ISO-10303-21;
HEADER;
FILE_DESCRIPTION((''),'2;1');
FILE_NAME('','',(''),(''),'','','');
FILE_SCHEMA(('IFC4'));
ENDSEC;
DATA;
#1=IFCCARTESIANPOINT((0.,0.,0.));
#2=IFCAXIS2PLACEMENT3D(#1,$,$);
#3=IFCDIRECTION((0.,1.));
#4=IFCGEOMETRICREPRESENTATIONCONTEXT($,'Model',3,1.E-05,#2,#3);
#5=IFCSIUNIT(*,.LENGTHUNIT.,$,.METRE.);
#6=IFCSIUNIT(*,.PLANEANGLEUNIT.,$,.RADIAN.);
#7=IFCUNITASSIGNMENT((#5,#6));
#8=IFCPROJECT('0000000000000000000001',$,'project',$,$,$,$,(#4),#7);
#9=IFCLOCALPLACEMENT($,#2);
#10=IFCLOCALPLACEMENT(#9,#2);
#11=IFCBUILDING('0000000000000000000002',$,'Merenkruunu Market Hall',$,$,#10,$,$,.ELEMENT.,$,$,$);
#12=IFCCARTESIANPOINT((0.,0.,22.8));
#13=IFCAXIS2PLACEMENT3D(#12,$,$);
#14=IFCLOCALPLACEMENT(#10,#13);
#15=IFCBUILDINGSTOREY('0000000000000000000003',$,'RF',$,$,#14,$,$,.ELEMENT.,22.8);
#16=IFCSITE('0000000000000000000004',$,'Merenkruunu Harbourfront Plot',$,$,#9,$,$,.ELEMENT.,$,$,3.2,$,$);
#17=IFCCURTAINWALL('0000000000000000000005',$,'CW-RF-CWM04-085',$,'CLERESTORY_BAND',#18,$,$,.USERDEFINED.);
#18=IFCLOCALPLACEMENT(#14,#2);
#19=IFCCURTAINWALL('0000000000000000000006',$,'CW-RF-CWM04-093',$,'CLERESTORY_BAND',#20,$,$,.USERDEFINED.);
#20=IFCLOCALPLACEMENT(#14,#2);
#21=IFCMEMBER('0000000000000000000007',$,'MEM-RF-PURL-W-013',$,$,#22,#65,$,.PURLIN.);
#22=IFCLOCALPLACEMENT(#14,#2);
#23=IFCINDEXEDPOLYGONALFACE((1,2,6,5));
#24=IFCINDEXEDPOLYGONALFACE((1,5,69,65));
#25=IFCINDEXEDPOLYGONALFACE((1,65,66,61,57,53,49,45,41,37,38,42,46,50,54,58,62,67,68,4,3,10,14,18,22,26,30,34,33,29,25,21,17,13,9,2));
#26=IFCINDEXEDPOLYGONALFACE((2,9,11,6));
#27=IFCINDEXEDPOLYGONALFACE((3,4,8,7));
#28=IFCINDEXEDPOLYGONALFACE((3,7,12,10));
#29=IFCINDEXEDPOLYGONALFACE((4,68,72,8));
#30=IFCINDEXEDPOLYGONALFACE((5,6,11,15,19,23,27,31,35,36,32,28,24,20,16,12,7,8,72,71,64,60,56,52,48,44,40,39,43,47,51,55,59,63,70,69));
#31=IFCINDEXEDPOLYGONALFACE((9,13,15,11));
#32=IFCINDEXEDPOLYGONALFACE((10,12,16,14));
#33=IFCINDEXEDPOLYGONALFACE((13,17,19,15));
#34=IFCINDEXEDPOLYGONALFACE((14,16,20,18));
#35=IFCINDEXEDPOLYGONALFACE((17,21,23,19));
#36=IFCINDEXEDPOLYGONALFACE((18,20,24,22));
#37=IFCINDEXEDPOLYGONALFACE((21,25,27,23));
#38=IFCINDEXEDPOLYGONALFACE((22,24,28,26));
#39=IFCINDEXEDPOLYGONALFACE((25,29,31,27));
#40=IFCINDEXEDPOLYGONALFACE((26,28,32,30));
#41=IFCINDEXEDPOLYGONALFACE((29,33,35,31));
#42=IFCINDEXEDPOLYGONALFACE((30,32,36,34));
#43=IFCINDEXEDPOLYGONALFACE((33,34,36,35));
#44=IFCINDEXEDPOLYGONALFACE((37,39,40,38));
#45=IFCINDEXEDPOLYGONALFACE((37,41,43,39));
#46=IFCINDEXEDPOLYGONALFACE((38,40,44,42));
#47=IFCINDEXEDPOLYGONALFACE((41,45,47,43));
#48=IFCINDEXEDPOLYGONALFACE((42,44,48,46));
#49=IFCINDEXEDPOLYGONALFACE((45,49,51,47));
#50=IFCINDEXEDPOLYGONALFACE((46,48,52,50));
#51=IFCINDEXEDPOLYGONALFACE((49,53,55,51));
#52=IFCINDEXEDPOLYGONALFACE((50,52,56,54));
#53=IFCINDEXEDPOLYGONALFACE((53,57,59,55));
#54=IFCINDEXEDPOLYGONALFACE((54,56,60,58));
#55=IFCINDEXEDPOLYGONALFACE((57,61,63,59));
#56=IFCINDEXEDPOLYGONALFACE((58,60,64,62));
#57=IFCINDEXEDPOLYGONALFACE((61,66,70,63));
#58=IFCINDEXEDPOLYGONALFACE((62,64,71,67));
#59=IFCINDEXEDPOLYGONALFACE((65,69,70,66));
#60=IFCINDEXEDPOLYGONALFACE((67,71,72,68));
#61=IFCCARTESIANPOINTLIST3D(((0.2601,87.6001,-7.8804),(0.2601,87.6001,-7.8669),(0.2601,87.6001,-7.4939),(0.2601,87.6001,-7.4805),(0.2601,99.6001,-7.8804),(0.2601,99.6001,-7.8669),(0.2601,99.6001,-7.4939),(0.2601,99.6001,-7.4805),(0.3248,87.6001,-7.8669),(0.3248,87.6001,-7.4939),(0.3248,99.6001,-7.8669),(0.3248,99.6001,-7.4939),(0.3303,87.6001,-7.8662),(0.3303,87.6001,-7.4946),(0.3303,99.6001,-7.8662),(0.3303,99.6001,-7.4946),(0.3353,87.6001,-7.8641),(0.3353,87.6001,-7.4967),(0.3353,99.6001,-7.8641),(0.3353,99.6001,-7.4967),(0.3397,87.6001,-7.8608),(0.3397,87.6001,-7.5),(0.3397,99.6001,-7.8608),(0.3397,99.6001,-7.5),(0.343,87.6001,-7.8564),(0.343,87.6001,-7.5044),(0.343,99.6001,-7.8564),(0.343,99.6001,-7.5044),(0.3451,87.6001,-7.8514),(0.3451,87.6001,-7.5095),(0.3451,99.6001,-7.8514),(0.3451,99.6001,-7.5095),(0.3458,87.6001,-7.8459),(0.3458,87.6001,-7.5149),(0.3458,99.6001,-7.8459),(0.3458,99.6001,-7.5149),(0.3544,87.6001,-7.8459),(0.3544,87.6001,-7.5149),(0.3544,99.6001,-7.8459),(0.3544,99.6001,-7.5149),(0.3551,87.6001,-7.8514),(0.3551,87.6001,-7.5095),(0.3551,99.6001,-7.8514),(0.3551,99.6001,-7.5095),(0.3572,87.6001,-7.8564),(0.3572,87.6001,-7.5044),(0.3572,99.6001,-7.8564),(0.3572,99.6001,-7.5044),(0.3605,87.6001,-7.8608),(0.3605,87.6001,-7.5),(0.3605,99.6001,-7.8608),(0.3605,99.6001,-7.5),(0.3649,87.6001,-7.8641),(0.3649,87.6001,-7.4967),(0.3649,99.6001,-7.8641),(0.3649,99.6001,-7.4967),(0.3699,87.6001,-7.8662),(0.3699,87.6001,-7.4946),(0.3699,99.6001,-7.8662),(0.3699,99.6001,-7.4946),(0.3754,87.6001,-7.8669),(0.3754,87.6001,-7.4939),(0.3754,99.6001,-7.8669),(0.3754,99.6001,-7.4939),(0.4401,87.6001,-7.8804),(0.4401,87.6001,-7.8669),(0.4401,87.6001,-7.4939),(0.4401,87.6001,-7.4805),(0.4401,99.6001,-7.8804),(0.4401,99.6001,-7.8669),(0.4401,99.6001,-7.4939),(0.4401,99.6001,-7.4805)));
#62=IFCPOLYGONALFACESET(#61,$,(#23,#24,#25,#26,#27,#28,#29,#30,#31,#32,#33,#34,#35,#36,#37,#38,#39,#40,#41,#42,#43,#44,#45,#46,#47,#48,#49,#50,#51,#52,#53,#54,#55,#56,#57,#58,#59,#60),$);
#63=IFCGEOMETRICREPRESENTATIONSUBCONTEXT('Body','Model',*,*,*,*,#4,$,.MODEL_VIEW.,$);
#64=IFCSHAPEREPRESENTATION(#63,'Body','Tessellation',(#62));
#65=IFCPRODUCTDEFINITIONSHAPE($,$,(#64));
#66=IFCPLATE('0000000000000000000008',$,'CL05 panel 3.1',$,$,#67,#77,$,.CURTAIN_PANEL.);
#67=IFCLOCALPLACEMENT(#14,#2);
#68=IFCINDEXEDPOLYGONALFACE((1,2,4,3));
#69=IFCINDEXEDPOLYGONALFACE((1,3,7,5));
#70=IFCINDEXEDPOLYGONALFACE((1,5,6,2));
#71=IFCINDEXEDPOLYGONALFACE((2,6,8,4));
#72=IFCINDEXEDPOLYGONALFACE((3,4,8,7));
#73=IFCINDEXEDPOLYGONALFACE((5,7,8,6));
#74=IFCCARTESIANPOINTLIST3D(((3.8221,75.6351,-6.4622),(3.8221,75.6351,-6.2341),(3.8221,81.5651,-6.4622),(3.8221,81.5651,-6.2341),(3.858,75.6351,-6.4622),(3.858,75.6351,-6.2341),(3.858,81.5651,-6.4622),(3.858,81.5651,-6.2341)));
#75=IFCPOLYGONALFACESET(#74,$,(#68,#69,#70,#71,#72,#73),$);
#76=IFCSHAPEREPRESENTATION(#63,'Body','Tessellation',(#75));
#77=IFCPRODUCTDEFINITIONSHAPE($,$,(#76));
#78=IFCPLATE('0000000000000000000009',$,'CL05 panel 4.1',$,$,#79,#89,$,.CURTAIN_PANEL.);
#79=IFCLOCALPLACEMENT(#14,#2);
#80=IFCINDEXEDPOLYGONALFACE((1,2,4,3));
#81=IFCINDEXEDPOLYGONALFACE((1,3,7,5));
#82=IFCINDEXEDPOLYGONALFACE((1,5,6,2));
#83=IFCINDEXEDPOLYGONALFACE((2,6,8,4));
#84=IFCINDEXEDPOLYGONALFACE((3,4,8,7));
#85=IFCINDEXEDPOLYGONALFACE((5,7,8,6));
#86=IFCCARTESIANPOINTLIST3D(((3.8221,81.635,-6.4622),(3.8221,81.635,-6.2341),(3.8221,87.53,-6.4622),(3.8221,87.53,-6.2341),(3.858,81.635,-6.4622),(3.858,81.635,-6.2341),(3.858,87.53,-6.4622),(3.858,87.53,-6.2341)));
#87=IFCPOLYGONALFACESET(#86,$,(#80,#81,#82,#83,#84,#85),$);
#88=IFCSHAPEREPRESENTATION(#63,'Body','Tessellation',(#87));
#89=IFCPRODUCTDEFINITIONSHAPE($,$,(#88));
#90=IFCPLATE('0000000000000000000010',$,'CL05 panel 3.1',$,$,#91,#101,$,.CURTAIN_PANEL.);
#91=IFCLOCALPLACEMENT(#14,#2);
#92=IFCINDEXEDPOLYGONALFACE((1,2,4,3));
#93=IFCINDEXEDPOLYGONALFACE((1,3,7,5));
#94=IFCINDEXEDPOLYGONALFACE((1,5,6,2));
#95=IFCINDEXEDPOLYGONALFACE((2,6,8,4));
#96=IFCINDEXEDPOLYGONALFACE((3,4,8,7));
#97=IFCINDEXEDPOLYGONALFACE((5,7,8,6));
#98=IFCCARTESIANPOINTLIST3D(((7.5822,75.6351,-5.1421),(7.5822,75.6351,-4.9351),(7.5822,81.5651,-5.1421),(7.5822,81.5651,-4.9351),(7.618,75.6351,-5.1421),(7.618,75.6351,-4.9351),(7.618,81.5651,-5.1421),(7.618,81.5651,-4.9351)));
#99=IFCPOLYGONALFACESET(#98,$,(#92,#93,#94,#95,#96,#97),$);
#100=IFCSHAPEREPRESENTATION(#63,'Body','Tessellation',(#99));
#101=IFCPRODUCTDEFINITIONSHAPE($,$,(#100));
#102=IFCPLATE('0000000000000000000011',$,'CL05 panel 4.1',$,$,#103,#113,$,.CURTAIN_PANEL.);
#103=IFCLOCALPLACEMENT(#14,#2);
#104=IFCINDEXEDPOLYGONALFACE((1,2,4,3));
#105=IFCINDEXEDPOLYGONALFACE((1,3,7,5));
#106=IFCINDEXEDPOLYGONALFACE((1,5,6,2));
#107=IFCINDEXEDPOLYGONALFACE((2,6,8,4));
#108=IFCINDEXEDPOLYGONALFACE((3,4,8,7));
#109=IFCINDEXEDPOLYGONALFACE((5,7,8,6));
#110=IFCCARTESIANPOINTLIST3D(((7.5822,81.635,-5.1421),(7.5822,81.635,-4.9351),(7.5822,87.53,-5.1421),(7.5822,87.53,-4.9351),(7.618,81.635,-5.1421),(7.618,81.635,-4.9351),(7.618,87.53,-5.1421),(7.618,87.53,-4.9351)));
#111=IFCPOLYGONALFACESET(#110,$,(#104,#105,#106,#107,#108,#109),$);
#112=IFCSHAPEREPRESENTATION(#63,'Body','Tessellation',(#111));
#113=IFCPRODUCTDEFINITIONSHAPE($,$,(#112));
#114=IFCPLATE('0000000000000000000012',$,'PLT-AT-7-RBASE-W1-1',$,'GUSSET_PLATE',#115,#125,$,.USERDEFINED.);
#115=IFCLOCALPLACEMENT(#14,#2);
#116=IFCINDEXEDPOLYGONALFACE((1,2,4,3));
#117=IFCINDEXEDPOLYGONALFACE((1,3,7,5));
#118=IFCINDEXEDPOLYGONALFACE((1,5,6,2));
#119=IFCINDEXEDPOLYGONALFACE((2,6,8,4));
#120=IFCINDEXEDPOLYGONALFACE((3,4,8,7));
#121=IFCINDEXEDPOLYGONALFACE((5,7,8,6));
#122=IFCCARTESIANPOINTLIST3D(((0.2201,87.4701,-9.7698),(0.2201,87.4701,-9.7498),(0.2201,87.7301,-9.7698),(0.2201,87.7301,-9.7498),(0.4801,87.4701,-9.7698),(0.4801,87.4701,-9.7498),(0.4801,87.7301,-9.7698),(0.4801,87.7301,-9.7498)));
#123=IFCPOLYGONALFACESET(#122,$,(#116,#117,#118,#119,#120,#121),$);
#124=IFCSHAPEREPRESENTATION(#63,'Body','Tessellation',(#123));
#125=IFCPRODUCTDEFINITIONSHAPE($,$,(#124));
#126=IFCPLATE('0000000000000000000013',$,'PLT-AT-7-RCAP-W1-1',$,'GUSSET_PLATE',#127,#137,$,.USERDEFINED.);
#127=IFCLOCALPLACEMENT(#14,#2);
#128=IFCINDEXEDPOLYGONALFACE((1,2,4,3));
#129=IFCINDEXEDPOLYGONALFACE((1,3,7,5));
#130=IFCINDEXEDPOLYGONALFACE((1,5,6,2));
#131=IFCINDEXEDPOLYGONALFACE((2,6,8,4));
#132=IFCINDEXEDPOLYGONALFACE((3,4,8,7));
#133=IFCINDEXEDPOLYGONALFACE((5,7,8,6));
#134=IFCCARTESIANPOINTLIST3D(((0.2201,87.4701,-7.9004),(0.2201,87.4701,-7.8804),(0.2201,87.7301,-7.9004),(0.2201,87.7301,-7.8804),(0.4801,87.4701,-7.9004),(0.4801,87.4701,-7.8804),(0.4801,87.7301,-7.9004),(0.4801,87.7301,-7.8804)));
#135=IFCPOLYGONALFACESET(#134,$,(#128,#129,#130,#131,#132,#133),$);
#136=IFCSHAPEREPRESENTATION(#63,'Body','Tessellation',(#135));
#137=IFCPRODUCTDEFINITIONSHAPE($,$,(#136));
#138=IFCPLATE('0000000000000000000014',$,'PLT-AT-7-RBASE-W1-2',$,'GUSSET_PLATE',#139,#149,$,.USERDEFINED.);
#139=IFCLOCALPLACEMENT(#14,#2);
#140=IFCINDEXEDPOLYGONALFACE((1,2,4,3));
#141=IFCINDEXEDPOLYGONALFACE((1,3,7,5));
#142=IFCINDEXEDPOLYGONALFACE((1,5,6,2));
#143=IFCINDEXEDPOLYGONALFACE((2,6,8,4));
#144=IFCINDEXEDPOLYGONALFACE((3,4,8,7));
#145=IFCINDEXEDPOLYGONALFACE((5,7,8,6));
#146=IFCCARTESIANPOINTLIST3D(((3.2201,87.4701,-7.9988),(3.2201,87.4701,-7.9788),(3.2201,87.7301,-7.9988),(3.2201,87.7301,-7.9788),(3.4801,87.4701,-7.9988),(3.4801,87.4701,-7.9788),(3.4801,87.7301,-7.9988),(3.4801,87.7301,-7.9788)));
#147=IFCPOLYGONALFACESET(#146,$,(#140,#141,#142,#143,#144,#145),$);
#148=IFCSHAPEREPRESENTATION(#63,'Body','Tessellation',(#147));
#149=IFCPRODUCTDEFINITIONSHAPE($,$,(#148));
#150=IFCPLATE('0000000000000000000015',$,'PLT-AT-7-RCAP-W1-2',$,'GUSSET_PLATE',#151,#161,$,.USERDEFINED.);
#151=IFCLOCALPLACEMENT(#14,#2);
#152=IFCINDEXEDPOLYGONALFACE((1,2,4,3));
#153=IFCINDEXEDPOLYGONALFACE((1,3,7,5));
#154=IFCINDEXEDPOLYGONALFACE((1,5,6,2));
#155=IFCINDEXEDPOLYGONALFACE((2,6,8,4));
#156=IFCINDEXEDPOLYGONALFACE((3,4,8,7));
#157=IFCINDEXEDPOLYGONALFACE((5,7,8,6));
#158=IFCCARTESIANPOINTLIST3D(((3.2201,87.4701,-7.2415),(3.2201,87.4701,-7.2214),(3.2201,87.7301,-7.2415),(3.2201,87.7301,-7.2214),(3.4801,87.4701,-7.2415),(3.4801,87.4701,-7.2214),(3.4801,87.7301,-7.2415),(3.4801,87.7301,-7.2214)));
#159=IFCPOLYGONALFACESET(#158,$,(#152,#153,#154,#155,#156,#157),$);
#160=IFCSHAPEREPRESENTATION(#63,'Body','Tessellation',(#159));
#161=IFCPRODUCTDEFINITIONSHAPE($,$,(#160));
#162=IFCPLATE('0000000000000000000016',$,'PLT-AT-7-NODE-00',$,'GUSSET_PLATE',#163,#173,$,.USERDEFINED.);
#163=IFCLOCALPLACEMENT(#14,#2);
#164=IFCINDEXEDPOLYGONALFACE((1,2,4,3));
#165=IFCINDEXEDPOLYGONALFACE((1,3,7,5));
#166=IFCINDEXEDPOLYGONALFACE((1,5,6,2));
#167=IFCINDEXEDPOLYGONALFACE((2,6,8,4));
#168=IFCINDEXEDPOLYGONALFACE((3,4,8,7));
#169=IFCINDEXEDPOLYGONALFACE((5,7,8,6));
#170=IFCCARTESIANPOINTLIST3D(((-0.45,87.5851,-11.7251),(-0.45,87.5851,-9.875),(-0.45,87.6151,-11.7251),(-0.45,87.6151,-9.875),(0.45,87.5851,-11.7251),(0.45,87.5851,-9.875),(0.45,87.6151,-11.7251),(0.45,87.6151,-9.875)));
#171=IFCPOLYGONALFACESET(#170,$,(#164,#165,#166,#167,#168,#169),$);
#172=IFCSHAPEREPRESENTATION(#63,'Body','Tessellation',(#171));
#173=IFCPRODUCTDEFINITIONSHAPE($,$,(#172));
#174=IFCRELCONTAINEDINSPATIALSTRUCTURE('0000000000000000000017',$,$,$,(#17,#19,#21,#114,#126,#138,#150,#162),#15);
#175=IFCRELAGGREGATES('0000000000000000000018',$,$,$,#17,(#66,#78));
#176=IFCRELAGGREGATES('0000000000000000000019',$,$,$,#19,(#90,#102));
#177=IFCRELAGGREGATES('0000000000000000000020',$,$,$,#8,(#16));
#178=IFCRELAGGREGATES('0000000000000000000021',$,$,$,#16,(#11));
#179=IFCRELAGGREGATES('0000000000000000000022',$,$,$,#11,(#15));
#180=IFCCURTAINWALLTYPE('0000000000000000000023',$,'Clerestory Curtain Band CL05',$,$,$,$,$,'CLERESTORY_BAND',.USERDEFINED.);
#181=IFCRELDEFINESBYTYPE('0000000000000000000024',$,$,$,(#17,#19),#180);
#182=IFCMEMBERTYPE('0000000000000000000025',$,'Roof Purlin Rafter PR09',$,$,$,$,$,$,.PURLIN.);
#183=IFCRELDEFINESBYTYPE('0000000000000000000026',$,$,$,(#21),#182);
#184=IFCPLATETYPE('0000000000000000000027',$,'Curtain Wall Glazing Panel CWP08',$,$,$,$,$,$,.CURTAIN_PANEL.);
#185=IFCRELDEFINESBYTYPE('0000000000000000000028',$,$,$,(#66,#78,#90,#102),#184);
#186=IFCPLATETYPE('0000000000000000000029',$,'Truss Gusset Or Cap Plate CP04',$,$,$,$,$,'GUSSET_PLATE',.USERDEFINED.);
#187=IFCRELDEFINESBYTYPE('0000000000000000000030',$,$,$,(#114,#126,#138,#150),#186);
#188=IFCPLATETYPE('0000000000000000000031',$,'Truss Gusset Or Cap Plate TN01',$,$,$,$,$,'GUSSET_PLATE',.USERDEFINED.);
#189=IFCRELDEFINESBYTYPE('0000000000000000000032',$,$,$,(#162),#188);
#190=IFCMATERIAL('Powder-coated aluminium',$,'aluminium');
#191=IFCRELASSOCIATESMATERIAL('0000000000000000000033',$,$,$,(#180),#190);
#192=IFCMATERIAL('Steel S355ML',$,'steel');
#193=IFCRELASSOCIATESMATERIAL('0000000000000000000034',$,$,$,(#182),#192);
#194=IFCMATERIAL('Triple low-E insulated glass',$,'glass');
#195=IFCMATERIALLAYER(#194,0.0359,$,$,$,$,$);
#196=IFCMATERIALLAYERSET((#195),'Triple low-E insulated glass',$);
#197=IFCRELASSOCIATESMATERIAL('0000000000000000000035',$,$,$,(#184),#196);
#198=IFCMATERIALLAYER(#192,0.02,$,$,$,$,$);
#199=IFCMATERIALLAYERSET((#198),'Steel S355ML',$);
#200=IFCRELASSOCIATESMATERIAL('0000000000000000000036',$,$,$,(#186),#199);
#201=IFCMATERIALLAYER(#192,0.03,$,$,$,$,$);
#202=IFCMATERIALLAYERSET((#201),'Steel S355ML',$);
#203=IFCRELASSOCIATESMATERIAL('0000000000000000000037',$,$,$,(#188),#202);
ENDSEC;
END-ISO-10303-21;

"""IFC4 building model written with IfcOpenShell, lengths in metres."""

from ifc_helpers import new_model, si_unit, direction, frame, origin, origin_2d, place, context, subcontext, project, spatial, rectangle, i_section, extrude, material, layer, layer_set, material_profile, profile_set, type_object, element, aggregate, save


model = new_model("IFC4")

# Units and contexts
model_context = context("Model", 3, precision=1e-05, world=origin(), true_north=direction((0.0, 1.0)))
body_context = subcontext(model_context, "Body", "Model", "MODEL_VIEW")
ifc_project = project(units=[si_unit("LENGTHUNIT", "METRE"), si_unit("PLANEANGLEUNIT", "RADIAN")], contexts=[model_context])

# Site, building, storey
site_placement = place(None, origin())
site = spatial("IfcSite", under=ifc_project, at=site_placement, Name="Merenkruunu Harbourfront Plot", CompositionType="ELEMENT", RefElevation=3.2)
building_placement = place(site_placement, origin())
building = spatial("IfcBuilding", under=site, at=building_placement, Name="Merenkruunu Market Hall", CompositionType="ELEMENT")
storey_placement = place(building_placement, frame((0.0, 0.0, 22.8)))
storey = spatial("IfcBuildingStorey", under=building, at=storey_placement, Name="RF", CompositionType="ELEMENT", Elevation=22.8)

# Shared definitions
ifc_material_1 = material(Name="Steel S355ML", Category="steel")

# Curtain walls
ifc_material_2 = material(Name="Powder-coated aluminium", Category="aluminium")
curtain_wall_type = type_object("IfcCurtainWallType", Name="Clerestory Curtain Band CL05", ElementType="CLERESTORY_BAND", PredefinedType="USERDEFINED", material=ifc_material_2)
curtain_wall_1_placement = place(storey_placement, origin())
curtain_wall_1 = element("IfcCurtainWall", 1, at=curtain_wall_1_placement, inside=storey, type_object=curtain_wall_type, Name="CW-RF-CWM04-085", ObjectType="CLERESTORY_BAND", PredefinedType="USERDEFINED")
curtain_wall_2_placement = place(storey_placement, origin())
curtain_wall_2 = element("IfcCurtainWall", 2, at=curtain_wall_2_placement, inside=storey, type_object=curtain_wall_type, Name="CW-RF-CWM04-093", ObjectType="CLERESTORY_BAND", PredefinedType="USERDEFINED")

# Member
ifc_material_profile_1 = material_profile(ifc_material_1, i_section(OverallWidth=0.1799, OverallDepth=0.3999, WebThickness=0.0085, FlangeThickness=0.0134, FilletRadius=0.021, at=origin_2d()), Name="IPE 400")
ifc_profile_set_1 = profile_set([ifc_material_profile_1], Name="Steel S355ML")
member_type_1 = type_object("IfcMemberType", Name="Roof Purlin Rafter PR09", PredefinedType="PURLIN", material=ifc_profile_set_1)
member_1_placement = place(storey_placement, frame((0.3501, 87.6001, -7.6804), z_axis=(0.0, 1.0, 0.0), x_axis=(-1.0, 0.0, 0.0)))
element("IfcMember", 3, at=member_1_placement, inside=storey, type_object=member_type_1, Name="MEM-RF-PURL-W-013", PredefinedType="PURLIN", context=body_context, shape_type="SweptSolid", body=[
    extrude(i_section(OverallWidth=0.1799, OverallDepth=0.3999, WebThickness=0.0085, FlangeThickness=0.0134, FilletRadius=0.021, at=origin_2d()), origin(), (0.0, 0.0, 1.0), 12.0),
])

# Plates
ifc_material_3 = material(Name="Triple low-E insulated glass", Category="glass")
ifc_layer_1 = layer(ifc_material_3, 0.0359)
ifc_layer_set_1 = layer_set([ifc_layer_1], Name="Triple low-E insulated glass")
plate_type_1 = type_object("IfcPlateType", Name="Curtain Wall Glazing Panel CWP08", PredefinedType="CURTAIN_PANEL", material=ifc_layer_set_1)
plate_1_placement = place(storey_placement, frame((3.8401, 78.6001, -6.4622), z_axis=(0.0, 0.0, 1.0), x_axis=(0.0, 1.0, 0.0)))
plate_1 = element("IfcPlate", 4, at=plate_1_placement, type_object=plate_type_1, Name="CL05 panel 3.1", PredefinedType="CURTAIN_PANEL", context=body_context, shape_type="SweptSolid", body=[
    extrude(rectangle(XDim=5.9299, YDim=0.0359, at=origin_2d()), origin(), (0.0, 0.0, 1.0), 0.228),
])
plate_2_placement = place(storey_placement, frame((3.8401, 84.5825, -6.4622), z_axis=(0.0, 0.0, 1.0), x_axis=(0.0, 1.0, 0.0)))
plate_2 = element("IfcPlate", 5, at=plate_2_placement, type_object=plate_type_1, Name="CL05 panel 4.1", PredefinedType="CURTAIN_PANEL", context=body_context, shape_type="SweptSolid", body=[
    extrude(rectangle(XDim=5.895, YDim=0.0359, at=origin_2d()), origin(), (0.0, 0.0, 1.0), 0.228),
])
aggregate(curtain_wall_1, [plate_1, plate_2])
plate_3_placement = place(storey_placement, frame((7.6001, 78.6001, -5.1421), z_axis=(0.0, 0.0, 1.0), x_axis=(0.0, 1.0, 0.0)))
plate_3 = element("IfcPlate", 6, at=plate_3_placement, type_object=plate_type_1, Name="CL05 panel 3.1", PredefinedType="CURTAIN_PANEL", context=body_context, shape_type="SweptSolid", body=[
    extrude(rectangle(XDim=5.9299, YDim=0.0359, at=origin_2d()), origin(), (0.0, 0.0, 1.0), 0.207),
])
plate_4_placement = place(storey_placement, frame((7.6001, 84.5825, -5.1421), z_axis=(0.0, 0.0, 1.0), x_axis=(0.0, 1.0, 0.0)))
plate_4 = element("IfcPlate", 7, at=plate_4_placement, type_object=plate_type_1, Name="CL05 panel 4.1", PredefinedType="CURTAIN_PANEL", context=body_context, shape_type="SweptSolid", body=[
    extrude(rectangle(XDim=5.895, YDim=0.0359, at=origin_2d()), origin(), (0.0, 0.0, 1.0), 0.207),
])
aggregate(curtain_wall_2, [plate_3, plate_4])

# Plates
ifc_layer_2 = layer(ifc_material_1, 0.02)
ifc_layer_set_2 = layer_set([ifc_layer_2], Name="Steel S355ML")
plate_type_2 = type_object("IfcPlateType", Name="Truss Gusset Or Cap Plate CP04", ElementType="GUSSET_PLATE", PredefinedType="USERDEFINED", material=ifc_layer_set_2)
for number, where, z_axis, x_axis, name in (
    (8, (0.3501, 87.6001, -9.7698), (0.0, 0.0, 1.0), (1.0, 0.0, 0.0), "PLT-AT-7-RBASE-W1-1"),
    (9, (0.3501, 87.6001, -7.9004), (0.0, 0.0, 1.0), (1.0, 0.0, 0.0), "PLT-AT-7-RCAP-W1-1"),
    (10, (3.3501, 87.6001, -7.9988), (0.0, 0.0, 1.0), (1.0, 0.0, 0.0), "PLT-AT-7-RBASE-W1-2"),
    (11, (3.3501, 87.6001, -7.2415), (0.0, 0.0, 1.0), (1.0, 0.0, 0.0), "PLT-AT-7-RCAP-W1-2"),
):
    element("IfcPlate", number, at=place(storey_placement, frame(where, z_axis=z_axis, x_axis=x_axis)), inside=storey, type_object=plate_type_2, Name=name, ObjectType="GUSSET_PLATE", PredefinedType="USERDEFINED", context=body_context, shape_type="SweptSolid", body=[
        extrude(rectangle(XDim=0.26, YDim=0.26, at=origin_2d()), origin(), (0.0, 0.0, 1.0), 0.02),
    ])
ifc_layer_3 = layer(ifc_material_1, 0.03)
ifc_layer_set_3 = layer_set([ifc_layer_3], Name="Steel S355ML")
plate_type_3 = type_object("IfcPlateType", Name="Truss Gusset Or Cap Plate TN01", ElementType="GUSSET_PLATE", PredefinedType="USERDEFINED", material=ifc_layer_set_3)
plate_5_placement = place(storey_placement, frame((0.0, 87.6001, -11.7251), z_axis=(0.0, 0.0, 1.0), x_axis=(1.0, 0.0, 0.0)))
element("IfcPlate", 12, at=plate_5_placement, inside=storey, type_object=plate_type_3, Name="PLT-AT-7-NODE-00", ObjectType="GUSSET_PLATE", PredefinedType="USERDEFINED", context=body_context, shape_type="SweptSolid", body=[
    extrude(rectangle(XDim=0.8999, YDim=0.03, at=origin_2d()), origin(), (0.0, 0.0, 1.0), 1.8501),
])

save(model, "model.ifc")
